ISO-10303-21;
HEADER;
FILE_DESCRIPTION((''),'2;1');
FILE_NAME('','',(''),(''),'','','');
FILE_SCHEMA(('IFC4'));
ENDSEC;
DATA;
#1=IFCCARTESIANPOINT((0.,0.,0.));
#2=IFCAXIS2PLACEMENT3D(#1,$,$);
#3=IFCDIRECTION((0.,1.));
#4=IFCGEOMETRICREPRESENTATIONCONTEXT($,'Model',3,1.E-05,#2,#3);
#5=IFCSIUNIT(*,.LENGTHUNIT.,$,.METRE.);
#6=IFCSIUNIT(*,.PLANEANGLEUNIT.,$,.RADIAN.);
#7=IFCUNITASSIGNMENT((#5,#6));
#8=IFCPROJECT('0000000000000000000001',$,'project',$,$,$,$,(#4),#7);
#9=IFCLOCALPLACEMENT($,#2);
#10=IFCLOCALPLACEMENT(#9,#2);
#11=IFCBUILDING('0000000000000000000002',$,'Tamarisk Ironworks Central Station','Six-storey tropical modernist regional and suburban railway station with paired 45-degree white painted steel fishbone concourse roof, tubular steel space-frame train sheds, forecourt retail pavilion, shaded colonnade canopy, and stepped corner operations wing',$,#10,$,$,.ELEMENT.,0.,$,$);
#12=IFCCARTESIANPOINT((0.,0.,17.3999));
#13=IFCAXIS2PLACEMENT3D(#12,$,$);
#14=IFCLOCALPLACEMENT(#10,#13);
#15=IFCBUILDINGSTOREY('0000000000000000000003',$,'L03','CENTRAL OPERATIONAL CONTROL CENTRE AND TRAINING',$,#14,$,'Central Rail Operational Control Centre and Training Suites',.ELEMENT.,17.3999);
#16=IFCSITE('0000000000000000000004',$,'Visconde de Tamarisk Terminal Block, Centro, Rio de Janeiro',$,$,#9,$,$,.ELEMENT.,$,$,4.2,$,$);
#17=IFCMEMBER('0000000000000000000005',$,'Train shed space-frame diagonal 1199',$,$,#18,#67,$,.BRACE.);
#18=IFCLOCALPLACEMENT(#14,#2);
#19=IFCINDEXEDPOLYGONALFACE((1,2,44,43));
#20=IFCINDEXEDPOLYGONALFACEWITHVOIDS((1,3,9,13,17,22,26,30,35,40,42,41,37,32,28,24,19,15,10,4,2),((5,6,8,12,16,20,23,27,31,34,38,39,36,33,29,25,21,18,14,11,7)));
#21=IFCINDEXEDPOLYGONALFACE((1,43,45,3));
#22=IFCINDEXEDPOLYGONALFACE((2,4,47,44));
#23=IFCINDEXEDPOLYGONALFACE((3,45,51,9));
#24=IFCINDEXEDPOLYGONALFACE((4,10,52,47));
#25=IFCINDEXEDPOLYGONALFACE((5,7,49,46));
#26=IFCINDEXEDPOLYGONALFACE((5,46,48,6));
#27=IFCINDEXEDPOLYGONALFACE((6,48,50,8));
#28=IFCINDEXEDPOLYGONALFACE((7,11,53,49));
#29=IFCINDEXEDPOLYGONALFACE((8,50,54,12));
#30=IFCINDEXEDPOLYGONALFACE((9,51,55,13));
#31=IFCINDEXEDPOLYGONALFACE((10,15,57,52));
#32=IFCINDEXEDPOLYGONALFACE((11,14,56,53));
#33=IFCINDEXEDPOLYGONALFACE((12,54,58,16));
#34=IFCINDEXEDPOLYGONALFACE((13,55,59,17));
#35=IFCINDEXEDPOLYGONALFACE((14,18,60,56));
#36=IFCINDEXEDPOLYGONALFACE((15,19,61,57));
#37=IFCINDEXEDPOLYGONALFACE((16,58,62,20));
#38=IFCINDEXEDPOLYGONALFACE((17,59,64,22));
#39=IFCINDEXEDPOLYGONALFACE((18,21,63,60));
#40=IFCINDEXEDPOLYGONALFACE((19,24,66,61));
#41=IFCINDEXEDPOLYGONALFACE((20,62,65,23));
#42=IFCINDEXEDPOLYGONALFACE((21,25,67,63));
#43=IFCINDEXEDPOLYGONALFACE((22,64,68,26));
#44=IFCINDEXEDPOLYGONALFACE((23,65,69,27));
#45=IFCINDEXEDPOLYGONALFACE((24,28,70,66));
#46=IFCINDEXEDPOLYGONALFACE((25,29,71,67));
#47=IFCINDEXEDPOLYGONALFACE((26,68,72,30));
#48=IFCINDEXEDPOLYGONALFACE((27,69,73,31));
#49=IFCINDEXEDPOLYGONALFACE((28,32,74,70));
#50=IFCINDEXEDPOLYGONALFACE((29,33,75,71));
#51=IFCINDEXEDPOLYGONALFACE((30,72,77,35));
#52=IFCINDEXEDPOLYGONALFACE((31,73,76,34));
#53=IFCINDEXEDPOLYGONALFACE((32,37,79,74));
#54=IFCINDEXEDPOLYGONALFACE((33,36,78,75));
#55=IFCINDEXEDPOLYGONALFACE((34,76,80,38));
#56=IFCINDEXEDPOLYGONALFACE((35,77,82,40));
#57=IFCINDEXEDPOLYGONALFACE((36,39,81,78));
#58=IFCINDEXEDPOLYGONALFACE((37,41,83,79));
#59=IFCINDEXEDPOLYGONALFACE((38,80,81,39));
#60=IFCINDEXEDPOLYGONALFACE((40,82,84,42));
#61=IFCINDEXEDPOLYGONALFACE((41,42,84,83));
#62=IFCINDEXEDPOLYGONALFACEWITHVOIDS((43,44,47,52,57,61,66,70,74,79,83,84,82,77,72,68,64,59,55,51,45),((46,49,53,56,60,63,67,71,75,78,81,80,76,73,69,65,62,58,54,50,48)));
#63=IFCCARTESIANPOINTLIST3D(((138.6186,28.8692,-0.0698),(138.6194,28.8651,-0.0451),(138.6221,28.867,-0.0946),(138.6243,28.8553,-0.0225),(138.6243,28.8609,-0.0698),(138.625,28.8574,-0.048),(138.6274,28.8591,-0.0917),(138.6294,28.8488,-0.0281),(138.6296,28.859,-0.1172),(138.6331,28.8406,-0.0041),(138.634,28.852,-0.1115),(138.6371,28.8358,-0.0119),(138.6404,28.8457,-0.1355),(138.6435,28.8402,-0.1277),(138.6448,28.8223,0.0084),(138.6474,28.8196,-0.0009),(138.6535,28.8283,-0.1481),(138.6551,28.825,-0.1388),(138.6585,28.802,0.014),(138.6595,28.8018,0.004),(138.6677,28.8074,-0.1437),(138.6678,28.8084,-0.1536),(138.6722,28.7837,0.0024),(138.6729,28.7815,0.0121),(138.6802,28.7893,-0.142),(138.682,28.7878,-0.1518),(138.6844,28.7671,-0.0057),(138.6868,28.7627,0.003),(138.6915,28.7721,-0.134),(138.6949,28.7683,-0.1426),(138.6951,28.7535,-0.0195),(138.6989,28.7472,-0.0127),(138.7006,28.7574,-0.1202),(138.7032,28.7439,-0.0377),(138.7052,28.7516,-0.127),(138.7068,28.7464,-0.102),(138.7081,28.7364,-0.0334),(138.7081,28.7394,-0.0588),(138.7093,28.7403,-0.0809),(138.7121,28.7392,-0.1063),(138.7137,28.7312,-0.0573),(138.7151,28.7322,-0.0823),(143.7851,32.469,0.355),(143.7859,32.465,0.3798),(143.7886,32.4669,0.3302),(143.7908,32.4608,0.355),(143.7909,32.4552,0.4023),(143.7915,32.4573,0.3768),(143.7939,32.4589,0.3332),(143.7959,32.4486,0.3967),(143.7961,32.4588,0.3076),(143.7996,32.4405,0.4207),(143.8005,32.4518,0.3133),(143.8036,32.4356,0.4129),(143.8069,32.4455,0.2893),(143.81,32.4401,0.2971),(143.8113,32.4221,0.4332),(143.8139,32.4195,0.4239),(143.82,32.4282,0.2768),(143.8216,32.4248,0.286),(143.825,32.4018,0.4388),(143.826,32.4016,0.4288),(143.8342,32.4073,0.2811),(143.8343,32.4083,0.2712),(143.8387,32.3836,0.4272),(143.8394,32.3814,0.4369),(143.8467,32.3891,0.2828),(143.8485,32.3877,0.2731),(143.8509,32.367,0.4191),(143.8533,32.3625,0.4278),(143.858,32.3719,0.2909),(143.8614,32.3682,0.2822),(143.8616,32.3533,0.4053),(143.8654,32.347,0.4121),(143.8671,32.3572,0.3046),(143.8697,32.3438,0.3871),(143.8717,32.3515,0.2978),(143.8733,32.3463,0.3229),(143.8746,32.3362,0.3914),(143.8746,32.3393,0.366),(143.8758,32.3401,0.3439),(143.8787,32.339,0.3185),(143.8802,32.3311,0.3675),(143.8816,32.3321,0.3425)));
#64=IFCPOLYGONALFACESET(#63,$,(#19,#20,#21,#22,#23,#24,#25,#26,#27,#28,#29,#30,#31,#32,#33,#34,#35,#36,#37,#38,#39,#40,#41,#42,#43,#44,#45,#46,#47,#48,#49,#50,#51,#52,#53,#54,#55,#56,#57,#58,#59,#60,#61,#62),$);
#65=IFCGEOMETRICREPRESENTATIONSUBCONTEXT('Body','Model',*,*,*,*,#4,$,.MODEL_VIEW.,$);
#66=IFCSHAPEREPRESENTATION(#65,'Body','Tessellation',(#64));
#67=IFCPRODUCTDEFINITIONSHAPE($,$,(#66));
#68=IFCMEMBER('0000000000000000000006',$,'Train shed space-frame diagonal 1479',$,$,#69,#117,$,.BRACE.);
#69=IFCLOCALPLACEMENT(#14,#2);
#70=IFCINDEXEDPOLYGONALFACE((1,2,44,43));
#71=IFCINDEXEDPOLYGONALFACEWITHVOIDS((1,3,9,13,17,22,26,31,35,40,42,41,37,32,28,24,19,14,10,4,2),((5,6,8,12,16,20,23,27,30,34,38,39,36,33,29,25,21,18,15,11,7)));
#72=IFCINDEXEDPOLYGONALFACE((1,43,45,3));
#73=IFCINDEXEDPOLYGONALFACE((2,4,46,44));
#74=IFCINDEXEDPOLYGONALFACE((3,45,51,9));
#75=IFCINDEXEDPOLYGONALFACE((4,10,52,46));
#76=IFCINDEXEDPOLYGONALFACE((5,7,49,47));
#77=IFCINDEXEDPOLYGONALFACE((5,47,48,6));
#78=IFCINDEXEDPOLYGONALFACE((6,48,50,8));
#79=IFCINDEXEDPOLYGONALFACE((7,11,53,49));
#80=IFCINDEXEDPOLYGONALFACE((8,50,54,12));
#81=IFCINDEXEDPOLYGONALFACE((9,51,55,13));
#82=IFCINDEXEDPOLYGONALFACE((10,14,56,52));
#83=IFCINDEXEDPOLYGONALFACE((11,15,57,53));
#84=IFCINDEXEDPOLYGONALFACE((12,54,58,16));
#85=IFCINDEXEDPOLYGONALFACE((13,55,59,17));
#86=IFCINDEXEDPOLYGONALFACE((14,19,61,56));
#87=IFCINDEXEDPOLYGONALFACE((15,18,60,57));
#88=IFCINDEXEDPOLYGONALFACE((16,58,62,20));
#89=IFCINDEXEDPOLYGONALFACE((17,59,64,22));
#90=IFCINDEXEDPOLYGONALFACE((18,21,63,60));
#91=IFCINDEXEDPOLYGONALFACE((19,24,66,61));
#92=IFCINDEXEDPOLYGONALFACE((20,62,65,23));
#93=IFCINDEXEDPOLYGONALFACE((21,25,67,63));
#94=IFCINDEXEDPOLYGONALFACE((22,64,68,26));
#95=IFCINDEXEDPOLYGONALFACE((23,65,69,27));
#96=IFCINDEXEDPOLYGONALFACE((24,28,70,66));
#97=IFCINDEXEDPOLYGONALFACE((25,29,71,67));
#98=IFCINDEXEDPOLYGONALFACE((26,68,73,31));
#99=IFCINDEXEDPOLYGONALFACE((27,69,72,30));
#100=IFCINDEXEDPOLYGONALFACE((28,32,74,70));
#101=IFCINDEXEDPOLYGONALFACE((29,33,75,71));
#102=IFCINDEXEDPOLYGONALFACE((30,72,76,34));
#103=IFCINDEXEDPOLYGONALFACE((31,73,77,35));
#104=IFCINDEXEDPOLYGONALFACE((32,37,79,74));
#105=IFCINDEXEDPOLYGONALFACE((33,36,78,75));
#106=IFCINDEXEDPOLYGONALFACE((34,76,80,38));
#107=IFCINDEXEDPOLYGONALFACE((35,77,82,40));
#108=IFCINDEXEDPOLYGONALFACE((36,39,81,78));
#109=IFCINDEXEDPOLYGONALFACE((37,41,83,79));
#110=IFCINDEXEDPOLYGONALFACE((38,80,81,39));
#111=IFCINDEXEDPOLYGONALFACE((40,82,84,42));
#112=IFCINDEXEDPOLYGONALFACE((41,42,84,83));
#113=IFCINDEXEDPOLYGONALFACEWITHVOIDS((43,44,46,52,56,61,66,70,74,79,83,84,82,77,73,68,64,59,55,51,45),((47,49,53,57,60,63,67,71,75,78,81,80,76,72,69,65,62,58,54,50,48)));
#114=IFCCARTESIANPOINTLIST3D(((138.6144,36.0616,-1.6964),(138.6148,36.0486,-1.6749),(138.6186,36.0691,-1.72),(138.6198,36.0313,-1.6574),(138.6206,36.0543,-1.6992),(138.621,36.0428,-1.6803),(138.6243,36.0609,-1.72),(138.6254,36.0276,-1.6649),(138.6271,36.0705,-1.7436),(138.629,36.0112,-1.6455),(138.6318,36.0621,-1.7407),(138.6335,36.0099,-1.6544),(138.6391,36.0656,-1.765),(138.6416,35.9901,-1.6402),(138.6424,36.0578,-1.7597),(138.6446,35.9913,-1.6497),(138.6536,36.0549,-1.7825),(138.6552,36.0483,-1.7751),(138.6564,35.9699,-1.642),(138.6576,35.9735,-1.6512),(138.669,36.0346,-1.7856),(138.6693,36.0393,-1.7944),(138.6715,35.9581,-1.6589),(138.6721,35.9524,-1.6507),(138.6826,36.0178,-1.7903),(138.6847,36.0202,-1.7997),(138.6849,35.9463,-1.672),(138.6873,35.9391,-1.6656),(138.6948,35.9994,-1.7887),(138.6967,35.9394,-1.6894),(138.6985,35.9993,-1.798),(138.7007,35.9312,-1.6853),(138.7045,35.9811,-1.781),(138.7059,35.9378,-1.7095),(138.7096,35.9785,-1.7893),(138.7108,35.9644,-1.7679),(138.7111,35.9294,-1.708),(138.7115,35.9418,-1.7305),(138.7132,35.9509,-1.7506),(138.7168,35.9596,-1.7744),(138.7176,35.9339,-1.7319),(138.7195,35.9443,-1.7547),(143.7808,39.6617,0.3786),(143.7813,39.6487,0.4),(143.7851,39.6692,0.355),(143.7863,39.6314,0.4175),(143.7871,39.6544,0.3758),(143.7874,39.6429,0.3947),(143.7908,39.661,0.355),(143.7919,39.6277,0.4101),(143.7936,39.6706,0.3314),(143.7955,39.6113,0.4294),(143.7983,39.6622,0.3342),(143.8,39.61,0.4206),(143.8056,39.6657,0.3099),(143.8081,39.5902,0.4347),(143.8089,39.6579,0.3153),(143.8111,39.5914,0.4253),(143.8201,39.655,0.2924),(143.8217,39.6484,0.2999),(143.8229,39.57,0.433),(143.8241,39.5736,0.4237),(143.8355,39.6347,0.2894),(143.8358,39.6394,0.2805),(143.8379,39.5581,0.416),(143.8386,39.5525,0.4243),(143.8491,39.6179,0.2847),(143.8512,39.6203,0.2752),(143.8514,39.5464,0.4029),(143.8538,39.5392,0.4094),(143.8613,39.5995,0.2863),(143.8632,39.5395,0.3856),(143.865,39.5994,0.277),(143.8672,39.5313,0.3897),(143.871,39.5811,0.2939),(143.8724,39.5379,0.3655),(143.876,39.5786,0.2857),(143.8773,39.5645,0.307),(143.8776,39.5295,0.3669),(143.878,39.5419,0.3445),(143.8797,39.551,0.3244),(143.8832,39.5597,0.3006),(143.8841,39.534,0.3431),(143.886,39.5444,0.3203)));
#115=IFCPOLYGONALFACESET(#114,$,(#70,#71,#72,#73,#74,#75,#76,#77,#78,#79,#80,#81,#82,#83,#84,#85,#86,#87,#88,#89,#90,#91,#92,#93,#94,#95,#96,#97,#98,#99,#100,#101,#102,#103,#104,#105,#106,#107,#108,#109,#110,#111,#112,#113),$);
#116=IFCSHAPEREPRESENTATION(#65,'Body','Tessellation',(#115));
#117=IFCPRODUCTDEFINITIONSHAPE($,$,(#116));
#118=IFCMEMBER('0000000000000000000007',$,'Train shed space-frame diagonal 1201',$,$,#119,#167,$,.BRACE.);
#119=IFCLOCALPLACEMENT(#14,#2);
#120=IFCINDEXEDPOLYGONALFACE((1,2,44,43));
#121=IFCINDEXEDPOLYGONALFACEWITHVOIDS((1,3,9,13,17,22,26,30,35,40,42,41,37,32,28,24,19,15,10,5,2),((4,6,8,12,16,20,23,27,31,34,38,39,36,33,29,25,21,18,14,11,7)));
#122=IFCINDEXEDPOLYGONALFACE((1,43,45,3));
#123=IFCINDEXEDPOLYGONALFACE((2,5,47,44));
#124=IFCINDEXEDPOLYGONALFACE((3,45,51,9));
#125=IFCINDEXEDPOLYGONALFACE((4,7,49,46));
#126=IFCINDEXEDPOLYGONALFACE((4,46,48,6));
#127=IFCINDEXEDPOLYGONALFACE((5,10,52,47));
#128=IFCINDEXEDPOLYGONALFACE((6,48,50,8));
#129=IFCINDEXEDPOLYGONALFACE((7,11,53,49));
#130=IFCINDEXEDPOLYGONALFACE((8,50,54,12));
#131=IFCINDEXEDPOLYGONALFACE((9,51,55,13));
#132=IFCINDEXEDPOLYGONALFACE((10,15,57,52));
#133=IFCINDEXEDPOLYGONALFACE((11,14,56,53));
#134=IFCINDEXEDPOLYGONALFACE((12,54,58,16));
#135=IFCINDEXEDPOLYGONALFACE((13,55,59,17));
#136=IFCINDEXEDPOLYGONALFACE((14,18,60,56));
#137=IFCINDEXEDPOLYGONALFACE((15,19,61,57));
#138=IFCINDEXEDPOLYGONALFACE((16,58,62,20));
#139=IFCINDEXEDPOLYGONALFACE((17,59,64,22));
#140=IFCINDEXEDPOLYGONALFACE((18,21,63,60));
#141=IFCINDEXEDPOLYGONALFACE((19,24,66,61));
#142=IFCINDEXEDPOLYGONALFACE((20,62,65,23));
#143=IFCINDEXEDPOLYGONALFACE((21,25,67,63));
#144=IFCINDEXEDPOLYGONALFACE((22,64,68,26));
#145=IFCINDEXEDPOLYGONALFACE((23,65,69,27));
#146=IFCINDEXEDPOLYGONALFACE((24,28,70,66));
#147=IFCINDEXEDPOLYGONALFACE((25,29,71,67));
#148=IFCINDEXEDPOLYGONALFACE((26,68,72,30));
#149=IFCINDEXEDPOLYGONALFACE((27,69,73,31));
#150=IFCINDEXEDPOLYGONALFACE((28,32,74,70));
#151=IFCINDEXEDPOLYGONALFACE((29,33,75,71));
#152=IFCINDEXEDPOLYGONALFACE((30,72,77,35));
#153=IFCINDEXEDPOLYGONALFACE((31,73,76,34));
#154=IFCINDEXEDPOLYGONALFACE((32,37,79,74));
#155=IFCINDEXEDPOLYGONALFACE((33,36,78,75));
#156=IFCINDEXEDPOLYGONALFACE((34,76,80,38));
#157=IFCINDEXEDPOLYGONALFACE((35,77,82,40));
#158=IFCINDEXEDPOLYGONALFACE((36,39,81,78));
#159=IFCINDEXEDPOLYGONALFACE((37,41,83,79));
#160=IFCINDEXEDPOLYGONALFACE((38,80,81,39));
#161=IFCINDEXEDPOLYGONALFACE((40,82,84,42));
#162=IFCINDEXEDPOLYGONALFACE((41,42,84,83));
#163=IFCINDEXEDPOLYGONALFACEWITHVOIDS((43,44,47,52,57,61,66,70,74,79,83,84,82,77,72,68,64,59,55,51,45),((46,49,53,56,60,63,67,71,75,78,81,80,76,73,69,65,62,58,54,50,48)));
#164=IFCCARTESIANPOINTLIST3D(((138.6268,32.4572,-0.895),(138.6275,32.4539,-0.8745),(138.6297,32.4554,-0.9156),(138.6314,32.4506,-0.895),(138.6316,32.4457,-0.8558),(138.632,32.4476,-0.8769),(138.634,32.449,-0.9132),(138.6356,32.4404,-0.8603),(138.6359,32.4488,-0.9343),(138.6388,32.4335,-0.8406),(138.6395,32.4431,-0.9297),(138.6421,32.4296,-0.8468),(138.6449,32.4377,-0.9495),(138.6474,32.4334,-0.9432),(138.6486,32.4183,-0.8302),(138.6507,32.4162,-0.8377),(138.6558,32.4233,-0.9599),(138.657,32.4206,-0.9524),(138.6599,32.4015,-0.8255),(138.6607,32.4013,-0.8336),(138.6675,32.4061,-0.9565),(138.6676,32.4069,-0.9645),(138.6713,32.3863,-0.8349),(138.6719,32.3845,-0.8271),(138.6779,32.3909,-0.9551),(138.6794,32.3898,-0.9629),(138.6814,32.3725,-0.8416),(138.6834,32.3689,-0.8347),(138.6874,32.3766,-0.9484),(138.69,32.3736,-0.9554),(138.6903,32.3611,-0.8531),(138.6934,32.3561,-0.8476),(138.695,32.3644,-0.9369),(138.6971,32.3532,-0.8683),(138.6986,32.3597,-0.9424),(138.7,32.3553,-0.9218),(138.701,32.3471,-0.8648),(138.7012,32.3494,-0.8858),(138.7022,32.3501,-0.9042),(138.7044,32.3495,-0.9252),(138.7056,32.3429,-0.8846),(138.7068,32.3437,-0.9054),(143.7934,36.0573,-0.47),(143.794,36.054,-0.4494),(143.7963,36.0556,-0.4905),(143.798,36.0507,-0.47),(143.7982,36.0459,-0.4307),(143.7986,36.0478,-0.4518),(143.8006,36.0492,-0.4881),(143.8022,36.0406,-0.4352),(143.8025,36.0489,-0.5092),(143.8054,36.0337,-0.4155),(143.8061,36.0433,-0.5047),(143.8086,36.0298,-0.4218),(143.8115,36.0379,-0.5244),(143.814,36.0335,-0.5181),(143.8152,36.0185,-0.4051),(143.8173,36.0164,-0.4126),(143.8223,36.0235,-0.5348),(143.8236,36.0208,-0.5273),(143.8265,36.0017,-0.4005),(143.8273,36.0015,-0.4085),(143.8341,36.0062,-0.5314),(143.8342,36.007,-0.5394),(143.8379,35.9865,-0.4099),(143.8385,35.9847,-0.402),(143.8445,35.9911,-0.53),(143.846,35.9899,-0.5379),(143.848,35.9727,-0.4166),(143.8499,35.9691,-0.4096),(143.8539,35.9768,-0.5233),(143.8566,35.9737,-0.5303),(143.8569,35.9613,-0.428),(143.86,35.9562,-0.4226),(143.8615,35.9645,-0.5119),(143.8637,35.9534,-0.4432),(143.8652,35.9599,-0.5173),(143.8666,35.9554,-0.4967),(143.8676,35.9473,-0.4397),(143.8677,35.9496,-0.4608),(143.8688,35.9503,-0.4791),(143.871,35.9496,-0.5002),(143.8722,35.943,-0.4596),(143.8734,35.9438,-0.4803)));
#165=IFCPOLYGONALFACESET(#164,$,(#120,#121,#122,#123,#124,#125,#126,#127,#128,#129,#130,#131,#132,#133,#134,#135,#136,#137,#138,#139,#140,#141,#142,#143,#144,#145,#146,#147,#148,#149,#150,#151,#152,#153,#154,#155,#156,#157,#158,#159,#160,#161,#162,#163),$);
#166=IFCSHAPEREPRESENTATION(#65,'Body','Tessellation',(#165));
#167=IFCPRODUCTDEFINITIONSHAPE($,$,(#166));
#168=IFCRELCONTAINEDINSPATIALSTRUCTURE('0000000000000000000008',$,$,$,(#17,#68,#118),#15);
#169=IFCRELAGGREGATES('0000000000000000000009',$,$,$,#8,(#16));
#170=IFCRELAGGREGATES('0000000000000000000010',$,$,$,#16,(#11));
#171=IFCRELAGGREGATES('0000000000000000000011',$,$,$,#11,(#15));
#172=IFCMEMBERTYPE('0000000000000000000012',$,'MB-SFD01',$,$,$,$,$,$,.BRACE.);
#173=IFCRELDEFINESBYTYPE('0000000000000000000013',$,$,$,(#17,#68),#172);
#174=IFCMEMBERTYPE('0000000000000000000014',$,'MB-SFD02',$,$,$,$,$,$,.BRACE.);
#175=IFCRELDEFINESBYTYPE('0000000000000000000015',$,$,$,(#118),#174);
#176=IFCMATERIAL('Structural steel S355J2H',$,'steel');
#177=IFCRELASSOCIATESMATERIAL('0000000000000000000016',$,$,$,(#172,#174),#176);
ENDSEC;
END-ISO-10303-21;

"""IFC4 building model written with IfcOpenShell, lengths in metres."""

from ifc_helpers import new_model, si_unit, direction, frame, origin, origin_2d, place, context, subcontext, project, spatial, hollow_circle, extrude, material, material_profile, profile_set, type_object, element, save


model = new_model("IFC4")

# Units and contexts
model_context = context("Model", 3, precision=1e-05, world=origin(), true_north=direction((0.0, 1.0)))
body_context = subcontext(model_context, "Body", "Model", "MODEL_VIEW")
ifc_project = project(units=[si_unit("LENGTHUNIT", "METRE"), si_unit("PLANEANGLEUNIT", "RADIAN")], contexts=[model_context])

# Site, building, storey
site_placement = place(None, origin())
site = spatial("IfcSite", under=ifc_project, at=site_placement, Name="Visconde de Tamarisk Terminal Block, Centro, Rio de Janeiro", CompositionType="ELEMENT", RefElevation=4.2)
building_placement = place(site_placement, origin())
building = spatial("IfcBuilding", under=site, at=building_placement, Name="Tamarisk Ironworks Central Station", Description="Six-storey tropical modernist regional and suburban railway station with paired 45-degree white painted steel fishbone concourse roof, tubular steel space-frame train sheds, forecourt retail pavilion, shaded colonnade canopy, and stepped corner operations wing", CompositionType="ELEMENT", ElevationOfRefHeight=0.0)
storey_placement = place(building_placement, frame((0.0, 0.0, 17.3999)))
storey = spatial("IfcBuildingStorey", under=building, at=storey_placement, Name="L03", Description="CENTRAL OPERATIONAL CONTROL CENTRE AND TRAINING", LongName="Central Rail Operational Control Centre and Training Suites", CompositionType="ELEMENT", Elevation=17.3999)

# Members
ifc_material_1 = material(Name="Structural steel S355J2H", Category="steel")
ifc_material_profile_1 = material_profile(ifc_material_1, hollow_circle(Radius=0.0842, WallThickness=0.01, at=origin_2d()), Name="CHS 168.3x10")
ifc_profile_set_1 = profile_set([ifc_material_profile_1], Name="Structural steel S355J2H")
member_type_1 = type_object("IfcMemberType", Name="MB-SFD01", PredefinedType="BRACE", material=ifc_profile_set_1)
member_1_placement = place(storey_placement, frame((138.6667, 28.8, -0.0698), z_axis=(0.818615, 0.570385, 0.067309), x_axis=(-0.571681, 0.820476, 0.0)))
element("IfcMember", 1, at=member_1_placement, inside=storey, type_object=member_type_1, Name="Train shed space-frame diagonal 1199", PredefinedType="BRACE", context=body_context, shape_type="SweptSolid", body=[
    extrude(hollow_circle(Radius=0.0842, WallThickness=0.01, at=origin_2d()), origin(), (0.0, 0.0, 1.0), 6.3113),
])
member_2_placement = place(storey_placement, frame((138.6667, 36.0, -1.72), z_axis=(0.779244, 0.542989, 0.312957), x_axis=(-0.571707, 0.820458, 0.0)))
element("IfcMember", 2, at=member_2_placement, inside=storey, type_object=member_type_1, Name="Train shed space-frame diagonal 1479", PredefinedType="BRACE", context=body_context, shape_type="SweptSolid", body=[
    extrude(hollow_circle(Radius=0.0842, WallThickness=0.01, at=origin_2d()), origin(), (0.0, 0.0, 1.0), 6.6301),
])
ifc_material_profile_2 = material_profile(ifc_material_1, hollow_circle(Radius=0.0698, WallThickness=0.0081, at=origin_2d()), Name="CHS 139.7x8")
ifc_profile_set_2 = profile_set([ifc_material_profile_2], Name="Structural steel S355J2H")
member_type_2 = type_object("IfcMemberType", Name="MB-SFD02", PredefinedType="BRACE", material=ifc_profile_set_2)
member_3_placement = place(storey_placement, frame((138.6667, 32.3999, -0.895), z_axis=(0.818595, 0.570409, 0.067346), x_axis=(-0.571707, 0.820458, 0.0)))
element("IfcMember", 3, at=member_3_placement, inside=storey, type_object=member_type_2, Name="Train shed space-frame diagonal 1201", PredefinedType="BRACE", context=body_context, shape_type="SweptSolid", body=[
    extrude(hollow_circle(Radius=0.0698, WallThickness=0.0081, at=origin_2d()), origin(), (0.0, 0.0, 1.0), 6.3115),
])

save(model, "model.ifc")
